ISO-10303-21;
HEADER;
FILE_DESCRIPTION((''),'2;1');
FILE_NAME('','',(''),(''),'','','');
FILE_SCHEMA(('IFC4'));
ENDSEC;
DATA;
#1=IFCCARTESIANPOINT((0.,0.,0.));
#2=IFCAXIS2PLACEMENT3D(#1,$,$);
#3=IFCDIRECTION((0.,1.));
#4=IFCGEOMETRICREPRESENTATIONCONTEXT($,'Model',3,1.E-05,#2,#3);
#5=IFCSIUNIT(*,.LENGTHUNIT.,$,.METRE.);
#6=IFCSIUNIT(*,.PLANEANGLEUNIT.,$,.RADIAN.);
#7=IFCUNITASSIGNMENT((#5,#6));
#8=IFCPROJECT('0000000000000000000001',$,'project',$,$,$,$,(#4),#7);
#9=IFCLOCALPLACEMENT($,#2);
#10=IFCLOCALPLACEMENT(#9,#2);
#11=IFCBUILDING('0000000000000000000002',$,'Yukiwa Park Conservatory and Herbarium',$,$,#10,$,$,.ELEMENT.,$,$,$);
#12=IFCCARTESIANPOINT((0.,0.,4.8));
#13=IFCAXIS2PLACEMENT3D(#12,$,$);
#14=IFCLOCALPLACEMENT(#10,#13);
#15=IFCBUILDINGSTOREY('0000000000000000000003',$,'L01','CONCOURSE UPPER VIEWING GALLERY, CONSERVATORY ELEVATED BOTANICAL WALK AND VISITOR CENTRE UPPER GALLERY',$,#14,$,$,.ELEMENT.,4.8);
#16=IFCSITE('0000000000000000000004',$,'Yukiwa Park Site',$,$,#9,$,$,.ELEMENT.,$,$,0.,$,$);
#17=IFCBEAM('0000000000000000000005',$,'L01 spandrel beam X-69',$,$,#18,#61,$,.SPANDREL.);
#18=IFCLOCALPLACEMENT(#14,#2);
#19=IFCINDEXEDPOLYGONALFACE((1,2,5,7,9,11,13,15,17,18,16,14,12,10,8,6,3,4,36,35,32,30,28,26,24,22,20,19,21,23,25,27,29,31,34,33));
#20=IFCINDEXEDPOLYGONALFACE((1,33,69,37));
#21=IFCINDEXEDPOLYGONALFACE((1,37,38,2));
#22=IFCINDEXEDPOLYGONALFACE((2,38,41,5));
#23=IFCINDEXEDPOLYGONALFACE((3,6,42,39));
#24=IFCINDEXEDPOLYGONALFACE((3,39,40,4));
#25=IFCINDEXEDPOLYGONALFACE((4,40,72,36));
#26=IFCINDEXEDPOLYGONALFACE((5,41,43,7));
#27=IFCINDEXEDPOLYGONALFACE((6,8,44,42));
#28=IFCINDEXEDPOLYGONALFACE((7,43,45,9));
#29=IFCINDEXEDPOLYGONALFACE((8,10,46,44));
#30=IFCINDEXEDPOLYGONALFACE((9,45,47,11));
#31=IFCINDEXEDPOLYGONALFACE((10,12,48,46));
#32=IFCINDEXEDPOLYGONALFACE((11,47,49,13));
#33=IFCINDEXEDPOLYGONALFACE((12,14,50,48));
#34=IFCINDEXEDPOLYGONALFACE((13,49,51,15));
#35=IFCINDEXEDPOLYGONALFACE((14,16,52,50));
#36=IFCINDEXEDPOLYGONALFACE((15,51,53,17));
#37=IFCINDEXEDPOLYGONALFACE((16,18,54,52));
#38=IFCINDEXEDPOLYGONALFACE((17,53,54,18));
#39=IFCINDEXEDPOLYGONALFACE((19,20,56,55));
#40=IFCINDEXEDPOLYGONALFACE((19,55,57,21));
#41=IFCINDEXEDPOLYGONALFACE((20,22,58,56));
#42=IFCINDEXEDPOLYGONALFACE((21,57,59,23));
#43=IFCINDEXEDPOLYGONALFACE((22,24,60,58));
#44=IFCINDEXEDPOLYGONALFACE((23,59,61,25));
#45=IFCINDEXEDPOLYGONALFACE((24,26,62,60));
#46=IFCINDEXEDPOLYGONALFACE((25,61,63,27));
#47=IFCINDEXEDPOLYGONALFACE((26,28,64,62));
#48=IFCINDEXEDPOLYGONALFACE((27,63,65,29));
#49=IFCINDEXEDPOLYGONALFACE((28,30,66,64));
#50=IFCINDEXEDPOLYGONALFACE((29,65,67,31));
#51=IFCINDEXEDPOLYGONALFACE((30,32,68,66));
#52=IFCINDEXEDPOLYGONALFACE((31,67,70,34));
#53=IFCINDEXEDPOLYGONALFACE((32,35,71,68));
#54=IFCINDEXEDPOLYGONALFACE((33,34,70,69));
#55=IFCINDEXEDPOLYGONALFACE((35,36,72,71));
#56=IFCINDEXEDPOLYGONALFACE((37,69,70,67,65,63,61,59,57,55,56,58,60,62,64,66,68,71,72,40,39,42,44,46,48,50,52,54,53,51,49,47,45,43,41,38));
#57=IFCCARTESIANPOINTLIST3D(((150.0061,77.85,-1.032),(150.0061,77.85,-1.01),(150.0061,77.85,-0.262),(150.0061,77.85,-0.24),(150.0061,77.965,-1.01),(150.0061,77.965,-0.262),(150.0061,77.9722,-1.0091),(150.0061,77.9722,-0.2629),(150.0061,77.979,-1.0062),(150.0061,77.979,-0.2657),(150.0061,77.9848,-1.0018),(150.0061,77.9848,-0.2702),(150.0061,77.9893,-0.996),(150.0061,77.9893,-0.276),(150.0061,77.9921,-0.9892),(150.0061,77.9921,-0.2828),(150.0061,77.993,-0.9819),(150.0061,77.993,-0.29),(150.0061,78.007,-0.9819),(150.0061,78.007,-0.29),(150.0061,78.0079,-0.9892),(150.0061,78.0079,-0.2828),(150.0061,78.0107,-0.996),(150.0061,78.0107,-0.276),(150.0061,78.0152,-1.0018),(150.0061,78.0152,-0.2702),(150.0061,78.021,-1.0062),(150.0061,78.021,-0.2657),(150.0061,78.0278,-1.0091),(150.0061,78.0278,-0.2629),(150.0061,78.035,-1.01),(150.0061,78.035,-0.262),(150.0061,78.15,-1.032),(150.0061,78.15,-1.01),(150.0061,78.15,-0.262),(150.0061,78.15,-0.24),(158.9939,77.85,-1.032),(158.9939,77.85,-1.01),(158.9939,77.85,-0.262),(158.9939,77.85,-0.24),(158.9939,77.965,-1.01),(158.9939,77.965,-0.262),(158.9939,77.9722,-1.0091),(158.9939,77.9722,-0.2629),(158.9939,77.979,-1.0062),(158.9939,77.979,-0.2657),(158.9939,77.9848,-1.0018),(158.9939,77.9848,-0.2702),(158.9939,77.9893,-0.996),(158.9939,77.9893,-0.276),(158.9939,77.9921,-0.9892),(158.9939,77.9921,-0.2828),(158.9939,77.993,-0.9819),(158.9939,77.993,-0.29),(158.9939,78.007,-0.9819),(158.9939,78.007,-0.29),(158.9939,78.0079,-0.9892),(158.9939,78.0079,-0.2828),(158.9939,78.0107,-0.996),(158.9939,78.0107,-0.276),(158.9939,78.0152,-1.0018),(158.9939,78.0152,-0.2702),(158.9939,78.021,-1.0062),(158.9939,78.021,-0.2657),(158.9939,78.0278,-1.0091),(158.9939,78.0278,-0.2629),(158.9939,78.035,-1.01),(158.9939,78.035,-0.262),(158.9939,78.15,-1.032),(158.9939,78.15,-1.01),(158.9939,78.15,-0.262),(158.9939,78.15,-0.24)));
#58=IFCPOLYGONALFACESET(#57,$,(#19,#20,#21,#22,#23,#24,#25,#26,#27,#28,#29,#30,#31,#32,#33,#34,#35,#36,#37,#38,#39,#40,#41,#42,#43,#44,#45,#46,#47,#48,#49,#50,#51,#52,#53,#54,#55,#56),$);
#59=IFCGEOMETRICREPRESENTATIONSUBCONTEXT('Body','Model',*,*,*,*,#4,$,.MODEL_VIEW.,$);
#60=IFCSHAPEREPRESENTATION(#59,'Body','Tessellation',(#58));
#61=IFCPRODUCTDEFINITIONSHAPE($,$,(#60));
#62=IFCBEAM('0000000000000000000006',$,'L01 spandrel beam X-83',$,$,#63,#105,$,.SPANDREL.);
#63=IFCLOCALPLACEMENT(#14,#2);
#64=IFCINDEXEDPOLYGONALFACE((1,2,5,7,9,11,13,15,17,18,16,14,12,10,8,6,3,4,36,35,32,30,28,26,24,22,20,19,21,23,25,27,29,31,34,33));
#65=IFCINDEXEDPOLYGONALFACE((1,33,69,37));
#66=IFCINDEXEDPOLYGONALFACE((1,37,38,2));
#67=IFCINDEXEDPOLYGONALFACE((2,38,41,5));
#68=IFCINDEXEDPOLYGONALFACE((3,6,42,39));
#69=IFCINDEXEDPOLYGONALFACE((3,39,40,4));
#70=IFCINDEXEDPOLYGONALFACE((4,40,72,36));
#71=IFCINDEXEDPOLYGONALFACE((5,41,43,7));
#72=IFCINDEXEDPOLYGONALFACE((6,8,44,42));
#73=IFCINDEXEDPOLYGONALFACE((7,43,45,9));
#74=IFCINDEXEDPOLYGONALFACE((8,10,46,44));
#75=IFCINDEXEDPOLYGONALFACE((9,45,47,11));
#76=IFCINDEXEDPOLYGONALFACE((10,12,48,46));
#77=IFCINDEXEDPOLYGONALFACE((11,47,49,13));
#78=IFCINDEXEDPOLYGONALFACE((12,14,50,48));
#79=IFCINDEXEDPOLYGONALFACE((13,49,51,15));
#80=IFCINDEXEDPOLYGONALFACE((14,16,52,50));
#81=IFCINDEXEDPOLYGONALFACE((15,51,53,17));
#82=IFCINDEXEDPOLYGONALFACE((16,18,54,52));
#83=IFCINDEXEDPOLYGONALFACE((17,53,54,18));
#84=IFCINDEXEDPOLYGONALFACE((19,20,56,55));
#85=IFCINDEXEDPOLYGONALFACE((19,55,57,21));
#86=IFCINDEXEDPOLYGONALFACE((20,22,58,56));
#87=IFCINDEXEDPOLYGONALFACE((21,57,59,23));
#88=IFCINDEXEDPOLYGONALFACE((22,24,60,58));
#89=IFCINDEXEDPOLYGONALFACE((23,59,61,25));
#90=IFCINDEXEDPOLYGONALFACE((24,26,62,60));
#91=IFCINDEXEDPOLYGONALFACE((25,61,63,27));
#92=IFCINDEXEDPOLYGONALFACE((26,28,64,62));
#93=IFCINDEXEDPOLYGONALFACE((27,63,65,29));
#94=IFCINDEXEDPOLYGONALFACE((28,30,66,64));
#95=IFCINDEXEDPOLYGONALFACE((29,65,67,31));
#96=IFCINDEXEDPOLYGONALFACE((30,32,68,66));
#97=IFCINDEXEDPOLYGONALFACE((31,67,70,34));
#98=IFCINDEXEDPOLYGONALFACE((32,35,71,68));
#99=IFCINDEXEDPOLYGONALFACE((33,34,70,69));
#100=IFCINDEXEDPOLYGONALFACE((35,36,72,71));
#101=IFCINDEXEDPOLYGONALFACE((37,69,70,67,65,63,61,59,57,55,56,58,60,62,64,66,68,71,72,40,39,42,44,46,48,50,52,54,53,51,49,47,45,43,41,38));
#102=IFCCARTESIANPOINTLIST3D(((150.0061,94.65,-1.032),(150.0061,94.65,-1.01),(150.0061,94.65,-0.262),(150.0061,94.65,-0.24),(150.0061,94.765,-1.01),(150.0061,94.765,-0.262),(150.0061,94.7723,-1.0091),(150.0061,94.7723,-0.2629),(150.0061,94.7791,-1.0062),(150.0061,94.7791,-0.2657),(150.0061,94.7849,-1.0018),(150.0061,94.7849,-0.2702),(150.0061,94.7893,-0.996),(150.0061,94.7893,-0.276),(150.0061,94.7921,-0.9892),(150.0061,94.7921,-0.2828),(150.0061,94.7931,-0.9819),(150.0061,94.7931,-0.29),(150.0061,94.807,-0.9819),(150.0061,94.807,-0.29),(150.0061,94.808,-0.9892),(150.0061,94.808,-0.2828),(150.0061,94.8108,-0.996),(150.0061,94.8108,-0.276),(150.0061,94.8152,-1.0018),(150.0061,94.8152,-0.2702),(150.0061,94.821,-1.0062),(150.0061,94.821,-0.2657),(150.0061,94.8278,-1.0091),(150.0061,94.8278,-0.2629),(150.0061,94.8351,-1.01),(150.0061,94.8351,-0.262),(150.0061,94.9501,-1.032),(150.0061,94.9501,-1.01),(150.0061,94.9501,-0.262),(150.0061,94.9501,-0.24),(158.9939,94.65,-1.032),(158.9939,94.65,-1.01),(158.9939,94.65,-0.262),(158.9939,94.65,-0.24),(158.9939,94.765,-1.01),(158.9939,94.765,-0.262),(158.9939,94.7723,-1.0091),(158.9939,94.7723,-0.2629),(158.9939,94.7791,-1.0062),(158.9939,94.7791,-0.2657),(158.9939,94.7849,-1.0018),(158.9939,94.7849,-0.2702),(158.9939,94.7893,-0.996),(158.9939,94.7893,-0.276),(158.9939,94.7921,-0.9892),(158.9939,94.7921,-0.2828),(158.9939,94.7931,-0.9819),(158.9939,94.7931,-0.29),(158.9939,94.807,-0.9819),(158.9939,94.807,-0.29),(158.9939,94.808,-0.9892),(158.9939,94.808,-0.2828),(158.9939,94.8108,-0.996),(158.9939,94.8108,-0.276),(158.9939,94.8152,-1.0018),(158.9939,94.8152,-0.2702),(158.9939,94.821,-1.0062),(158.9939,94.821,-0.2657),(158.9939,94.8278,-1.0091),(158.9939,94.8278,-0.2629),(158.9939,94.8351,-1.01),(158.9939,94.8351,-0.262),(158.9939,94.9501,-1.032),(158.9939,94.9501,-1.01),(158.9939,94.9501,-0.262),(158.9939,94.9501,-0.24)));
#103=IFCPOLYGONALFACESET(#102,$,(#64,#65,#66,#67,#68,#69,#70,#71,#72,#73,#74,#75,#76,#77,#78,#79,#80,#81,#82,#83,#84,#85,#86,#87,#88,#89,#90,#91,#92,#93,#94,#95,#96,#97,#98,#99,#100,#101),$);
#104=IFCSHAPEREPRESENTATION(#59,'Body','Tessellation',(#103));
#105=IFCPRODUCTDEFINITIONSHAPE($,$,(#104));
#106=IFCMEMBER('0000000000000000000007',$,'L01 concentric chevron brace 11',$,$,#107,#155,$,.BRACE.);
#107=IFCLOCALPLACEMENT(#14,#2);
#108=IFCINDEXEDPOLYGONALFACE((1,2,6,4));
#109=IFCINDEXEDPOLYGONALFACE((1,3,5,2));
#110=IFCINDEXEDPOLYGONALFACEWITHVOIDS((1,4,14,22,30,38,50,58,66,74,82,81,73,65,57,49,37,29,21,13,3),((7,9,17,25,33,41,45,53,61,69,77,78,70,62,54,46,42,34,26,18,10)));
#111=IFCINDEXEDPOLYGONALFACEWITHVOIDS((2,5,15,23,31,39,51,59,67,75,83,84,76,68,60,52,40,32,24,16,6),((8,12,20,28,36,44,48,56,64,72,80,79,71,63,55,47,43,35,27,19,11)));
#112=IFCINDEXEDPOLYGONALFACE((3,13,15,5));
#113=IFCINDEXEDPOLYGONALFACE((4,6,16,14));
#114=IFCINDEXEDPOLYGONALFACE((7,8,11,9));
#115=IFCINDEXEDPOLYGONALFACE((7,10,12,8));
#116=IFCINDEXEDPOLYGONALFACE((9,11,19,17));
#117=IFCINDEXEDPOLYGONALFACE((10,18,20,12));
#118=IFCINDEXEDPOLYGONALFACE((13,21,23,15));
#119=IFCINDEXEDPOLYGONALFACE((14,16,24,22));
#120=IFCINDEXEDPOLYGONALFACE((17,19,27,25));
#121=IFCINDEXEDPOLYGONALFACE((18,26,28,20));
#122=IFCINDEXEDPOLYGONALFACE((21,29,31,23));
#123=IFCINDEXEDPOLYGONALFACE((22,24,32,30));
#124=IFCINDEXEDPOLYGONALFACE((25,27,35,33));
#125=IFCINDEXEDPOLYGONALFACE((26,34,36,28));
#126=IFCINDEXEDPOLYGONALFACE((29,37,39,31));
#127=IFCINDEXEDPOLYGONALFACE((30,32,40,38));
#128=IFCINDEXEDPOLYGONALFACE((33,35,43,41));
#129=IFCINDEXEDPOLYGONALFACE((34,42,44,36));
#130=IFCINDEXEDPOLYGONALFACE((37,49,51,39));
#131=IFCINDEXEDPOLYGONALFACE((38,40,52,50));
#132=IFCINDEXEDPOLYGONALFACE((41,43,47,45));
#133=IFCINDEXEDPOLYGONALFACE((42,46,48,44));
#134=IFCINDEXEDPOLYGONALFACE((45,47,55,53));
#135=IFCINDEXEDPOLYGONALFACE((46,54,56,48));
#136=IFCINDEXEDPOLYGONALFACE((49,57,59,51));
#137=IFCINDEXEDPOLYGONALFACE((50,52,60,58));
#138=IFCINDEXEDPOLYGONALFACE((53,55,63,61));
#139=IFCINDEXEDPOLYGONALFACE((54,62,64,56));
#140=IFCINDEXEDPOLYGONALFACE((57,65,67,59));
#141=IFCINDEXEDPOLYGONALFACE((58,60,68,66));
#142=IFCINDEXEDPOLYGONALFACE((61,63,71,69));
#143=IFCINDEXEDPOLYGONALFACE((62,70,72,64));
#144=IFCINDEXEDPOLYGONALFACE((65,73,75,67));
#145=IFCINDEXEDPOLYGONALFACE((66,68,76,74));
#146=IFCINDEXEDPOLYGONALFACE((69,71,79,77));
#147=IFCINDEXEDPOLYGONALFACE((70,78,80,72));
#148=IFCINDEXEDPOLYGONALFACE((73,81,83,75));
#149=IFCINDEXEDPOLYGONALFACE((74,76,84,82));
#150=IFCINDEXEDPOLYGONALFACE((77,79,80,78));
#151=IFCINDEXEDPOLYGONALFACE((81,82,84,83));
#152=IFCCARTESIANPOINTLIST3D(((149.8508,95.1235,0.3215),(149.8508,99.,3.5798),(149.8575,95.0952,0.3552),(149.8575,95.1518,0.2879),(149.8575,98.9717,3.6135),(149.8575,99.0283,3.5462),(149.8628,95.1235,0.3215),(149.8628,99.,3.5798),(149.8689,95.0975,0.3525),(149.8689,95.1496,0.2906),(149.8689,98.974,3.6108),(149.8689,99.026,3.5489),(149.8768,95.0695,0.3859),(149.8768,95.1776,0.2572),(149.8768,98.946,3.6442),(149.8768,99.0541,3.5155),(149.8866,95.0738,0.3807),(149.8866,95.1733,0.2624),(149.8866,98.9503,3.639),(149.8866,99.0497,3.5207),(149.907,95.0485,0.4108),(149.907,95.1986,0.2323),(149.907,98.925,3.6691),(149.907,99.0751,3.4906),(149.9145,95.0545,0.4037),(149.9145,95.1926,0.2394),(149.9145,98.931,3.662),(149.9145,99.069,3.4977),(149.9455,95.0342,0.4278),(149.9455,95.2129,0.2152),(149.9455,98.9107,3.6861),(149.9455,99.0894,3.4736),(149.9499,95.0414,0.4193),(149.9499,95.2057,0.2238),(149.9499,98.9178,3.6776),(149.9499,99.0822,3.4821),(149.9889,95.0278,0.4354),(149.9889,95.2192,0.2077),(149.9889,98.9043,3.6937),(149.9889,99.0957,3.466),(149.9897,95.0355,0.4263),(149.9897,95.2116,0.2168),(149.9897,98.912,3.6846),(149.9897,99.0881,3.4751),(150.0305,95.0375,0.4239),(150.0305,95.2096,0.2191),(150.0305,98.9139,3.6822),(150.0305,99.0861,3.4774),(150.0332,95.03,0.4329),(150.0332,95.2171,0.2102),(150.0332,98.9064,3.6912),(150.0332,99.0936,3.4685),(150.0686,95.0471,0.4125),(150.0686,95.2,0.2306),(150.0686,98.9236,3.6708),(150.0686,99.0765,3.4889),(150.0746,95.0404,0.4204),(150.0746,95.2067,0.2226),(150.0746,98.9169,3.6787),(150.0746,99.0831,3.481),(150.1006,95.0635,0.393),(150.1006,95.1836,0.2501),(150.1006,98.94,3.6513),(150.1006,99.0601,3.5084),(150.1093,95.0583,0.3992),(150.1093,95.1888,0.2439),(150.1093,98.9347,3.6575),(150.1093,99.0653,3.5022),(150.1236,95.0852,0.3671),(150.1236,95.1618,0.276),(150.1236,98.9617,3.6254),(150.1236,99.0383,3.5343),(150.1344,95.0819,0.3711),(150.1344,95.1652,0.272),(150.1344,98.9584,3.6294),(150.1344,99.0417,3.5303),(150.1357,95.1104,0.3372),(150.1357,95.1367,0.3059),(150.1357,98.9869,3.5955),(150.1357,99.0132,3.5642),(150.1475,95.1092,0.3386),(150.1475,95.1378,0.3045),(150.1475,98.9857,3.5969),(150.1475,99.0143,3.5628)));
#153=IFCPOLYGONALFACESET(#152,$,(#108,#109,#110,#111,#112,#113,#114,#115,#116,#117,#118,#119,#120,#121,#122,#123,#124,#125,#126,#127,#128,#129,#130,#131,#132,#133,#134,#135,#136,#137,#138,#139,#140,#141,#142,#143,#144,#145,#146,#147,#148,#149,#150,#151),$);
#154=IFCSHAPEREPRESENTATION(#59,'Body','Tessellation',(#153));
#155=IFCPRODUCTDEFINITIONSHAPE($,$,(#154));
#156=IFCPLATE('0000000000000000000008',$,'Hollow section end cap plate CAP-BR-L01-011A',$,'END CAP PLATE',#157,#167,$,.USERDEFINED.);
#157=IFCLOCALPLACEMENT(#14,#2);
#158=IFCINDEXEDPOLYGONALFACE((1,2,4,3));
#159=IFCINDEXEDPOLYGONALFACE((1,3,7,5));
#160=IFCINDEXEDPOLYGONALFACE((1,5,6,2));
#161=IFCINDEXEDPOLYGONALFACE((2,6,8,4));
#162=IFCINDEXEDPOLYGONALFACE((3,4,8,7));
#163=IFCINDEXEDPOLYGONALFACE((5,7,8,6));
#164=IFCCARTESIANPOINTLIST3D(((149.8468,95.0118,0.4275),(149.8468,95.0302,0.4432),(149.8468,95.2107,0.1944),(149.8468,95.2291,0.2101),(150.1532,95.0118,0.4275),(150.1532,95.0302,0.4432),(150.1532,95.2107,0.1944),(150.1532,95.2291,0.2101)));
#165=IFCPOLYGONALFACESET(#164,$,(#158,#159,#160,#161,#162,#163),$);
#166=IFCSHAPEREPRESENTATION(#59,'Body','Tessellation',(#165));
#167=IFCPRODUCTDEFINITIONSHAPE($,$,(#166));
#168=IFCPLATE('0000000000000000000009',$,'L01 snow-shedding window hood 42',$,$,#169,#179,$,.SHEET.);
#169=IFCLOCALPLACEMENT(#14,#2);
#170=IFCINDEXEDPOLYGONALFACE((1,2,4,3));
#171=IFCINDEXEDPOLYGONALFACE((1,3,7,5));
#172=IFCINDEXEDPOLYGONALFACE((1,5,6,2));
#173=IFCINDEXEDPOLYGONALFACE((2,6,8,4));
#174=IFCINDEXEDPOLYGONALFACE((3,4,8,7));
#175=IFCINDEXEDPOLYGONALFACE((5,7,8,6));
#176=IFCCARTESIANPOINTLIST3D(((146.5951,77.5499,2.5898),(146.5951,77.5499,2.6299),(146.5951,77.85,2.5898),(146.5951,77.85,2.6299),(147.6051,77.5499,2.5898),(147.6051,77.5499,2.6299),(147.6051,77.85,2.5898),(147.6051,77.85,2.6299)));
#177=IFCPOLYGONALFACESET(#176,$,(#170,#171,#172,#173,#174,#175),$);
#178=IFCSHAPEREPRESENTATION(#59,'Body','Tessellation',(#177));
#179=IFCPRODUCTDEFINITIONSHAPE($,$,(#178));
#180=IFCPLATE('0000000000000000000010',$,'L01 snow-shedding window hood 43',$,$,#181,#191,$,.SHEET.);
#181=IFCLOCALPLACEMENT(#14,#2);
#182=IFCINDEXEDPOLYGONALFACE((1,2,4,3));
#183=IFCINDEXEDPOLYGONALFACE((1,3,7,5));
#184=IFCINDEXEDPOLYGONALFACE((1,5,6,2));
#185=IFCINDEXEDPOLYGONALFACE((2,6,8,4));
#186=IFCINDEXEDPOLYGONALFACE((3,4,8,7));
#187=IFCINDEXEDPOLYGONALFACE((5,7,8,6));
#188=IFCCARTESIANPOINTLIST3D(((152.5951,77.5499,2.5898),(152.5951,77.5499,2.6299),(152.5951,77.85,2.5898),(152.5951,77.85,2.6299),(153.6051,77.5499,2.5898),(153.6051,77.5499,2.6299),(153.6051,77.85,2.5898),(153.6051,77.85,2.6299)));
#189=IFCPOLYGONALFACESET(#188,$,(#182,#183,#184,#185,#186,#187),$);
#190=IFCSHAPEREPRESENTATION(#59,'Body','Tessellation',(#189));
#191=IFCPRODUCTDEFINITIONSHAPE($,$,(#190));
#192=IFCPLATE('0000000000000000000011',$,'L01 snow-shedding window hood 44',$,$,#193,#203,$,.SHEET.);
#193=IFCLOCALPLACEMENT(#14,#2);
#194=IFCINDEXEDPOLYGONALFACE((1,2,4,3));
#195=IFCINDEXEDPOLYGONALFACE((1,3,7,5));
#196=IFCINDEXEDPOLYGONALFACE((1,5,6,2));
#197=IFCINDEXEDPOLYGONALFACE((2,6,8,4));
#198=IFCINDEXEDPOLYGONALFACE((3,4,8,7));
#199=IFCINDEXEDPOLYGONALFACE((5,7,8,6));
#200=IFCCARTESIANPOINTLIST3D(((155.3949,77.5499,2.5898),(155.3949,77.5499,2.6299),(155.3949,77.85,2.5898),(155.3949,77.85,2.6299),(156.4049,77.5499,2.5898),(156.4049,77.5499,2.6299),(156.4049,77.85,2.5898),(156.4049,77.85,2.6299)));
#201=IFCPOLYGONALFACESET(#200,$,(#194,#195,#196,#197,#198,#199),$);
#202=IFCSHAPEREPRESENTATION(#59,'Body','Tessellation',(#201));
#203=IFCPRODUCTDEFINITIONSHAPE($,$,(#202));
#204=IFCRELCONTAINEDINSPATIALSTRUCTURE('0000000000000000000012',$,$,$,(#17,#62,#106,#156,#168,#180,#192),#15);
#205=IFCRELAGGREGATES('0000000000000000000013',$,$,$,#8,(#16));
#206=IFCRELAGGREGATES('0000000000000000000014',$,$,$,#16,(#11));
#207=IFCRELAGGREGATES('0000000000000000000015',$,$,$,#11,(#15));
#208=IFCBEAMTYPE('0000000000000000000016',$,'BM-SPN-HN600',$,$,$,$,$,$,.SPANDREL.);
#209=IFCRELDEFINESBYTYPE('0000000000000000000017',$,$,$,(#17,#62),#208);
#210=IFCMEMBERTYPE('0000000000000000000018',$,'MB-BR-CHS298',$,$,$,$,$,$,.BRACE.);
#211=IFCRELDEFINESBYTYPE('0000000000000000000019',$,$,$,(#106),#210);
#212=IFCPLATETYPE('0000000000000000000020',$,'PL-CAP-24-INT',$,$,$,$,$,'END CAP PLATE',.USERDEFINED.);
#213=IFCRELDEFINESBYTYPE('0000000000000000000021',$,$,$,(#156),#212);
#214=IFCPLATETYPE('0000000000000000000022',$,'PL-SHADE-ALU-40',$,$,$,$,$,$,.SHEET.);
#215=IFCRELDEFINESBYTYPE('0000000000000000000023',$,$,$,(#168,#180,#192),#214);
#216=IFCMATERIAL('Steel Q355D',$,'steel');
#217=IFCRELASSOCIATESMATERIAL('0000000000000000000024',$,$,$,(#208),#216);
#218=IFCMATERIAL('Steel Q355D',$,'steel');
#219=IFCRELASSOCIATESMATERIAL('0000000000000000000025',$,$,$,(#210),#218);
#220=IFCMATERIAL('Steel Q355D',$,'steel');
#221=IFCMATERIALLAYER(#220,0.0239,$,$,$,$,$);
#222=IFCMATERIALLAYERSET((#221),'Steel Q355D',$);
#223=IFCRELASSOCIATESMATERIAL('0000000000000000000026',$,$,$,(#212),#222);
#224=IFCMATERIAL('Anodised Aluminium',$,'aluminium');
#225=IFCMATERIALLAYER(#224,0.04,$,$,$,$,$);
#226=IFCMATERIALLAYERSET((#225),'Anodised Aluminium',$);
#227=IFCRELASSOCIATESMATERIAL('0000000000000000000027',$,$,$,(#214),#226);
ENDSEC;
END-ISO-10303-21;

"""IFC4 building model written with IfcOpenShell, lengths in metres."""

from ifc_helpers import new_model, si_unit, direction, frame, origin, origin_2d, place, context, subcontext, project, spatial, rectangle, hollow_circle, i_section, extrude, material, layer, layer_set, material_profile, profile_set, type_object, element, save


model = new_model("IFC4")

# Units and contexts
model_context = context("Model", 3, precision=1e-05, world=origin(), true_north=direction((0.0, 1.0)))
body_context = subcontext(model_context, "Body", "Model", "MODEL_VIEW")
ifc_project = project(units=[si_unit("LENGTHUNIT", "METRE"), si_unit("PLANEANGLEUNIT", "RADIAN")], contexts=[model_context])

# Site, building, storey
site_placement = place(None, origin())
site = spatial("IfcSite", under=ifc_project, at=site_placement, Name="Yukiwa Park Site", CompositionType="ELEMENT", RefElevation=0.0)
building_placement = place(site_placement, origin())
building = spatial("IfcBuilding", under=site, at=building_placement, Name="Yukiwa Park Conservatory and Herbarium", CompositionType="ELEMENT")
storey_placement = place(building_placement, frame((0.0, 0.0, 4.8)))
storey = spatial("IfcBuildingStorey", under=building, at=storey_placement, Name="L01", Description="CONCOURSE UPPER VIEWING GALLERY, CONSERVATORY ELEVATED BOTANICAL WALK AND VISITOR CENTRE UPPER GALLERY", CompositionType="ELEMENT", Elevation=4.8)

# Beams
ifc_material_1 = material(Name="Steel Q355D", Category="steel")
ifc_material_profile_1 = material_profile(ifc_material_1, i_section(OverallWidth=0.3, OverallDepth=0.792, WebThickness=0.0139, FlangeThickness=0.022, FilletRadius=0.0281, at=origin_2d()), Name="HN 792x300x14x22")
ifc_profile_set_1 = profile_set([ifc_material_profile_1], Name="Steel Q355D")
beam_type_1 = type_object("IfcBeamType", Name="BM-SPN-HN600", PredefinedType="SPANDREL", material=ifc_profile_set_1)
for number, where, z_axis, x_axis, name in (
    (1, (150.0061, 78.0, -0.636), (1.0, 0.0, 0.0), (0.0, 1.0, 0.0), "L01 spandrel beam X-69"),
    (2, (150.0061, 94.8, -0.636), (1.0, 0.0, 0.0), (0.0, 1.0, 0.0), "L01 spandrel beam X-83"),
):
    element("IfcBeam", number, at=place(storey_placement, frame(where, z_axis=z_axis, x_axis=x_axis)), inside=storey, type_object=beam_type_1, Name=name, PredefinedType="SPANDREL", context=body_context, shape_type="SweptSolid", body=[
        extrude(i_section(OverallWidth=0.3, OverallDepth=0.792, WebThickness=0.0139, FlangeThickness=0.022, FilletRadius=0.0281, at=origin_2d()), origin(), (0.0, 0.0, 1.0), 8.9878),
    ])

# Member
ifc_material_2 = material(Name="Steel Q355D", Category="steel")
ifc_material_profile_2 = material_profile(ifc_material_2, hollow_circle(Radius=0.1492, WallThickness=0.012, at=origin_2d()), Name="CHS 298.5x12")
ifc_profile_set_2 = profile_set([ifc_material_profile_2], Name="Steel Q355D")
member_type = type_object("IfcMemberType", Name="MB-BR-CHS298", PredefinedType="BRACE", material=ifc_profile_set_2)
member_placement = place(storey_placement, frame((150.0, 95.1235, 0.3215), z_axis=(0.0, 0.765503, 0.643432), x_axis=(-1.0, 0.0, 0.0)))
element("IfcMember", 3, at=member_placement, inside=storey, type_object=member_type, Name="L01 concentric chevron brace 11", PredefinedType="BRACE", context=body_context, shape_type="SweptSolid", body=[
    extrude(hollow_circle(Radius=0.1492, WallThickness=0.012, at=origin_2d()), origin(), (0.0, 0.0, 1.0), 5.064),
])

# Plates
ifc_material_3 = material(Name="Steel Q355D", Category="steel")
ifc_layer_1 = layer(ifc_material_3, 0.0239)
ifc_layer_set_1 = layer_set([ifc_layer_1], Name="Steel Q355D")
plate_type_1 = type_object("IfcPlateType", Name="PL-CAP-24-INT", ElementType="END CAP PLATE", PredefinedType="USERDEFINED", material=ifc_layer_set_1)
plate_placement = place(storey_placement, frame((150.0, 95.1296, 0.3267), z_axis=(0.0, -0.760687, -0.649119), x_axis=(1.0, 0.0, 0.0)))
element("IfcPlate", 4, at=plate_placement, inside=storey, type_object=plate_type_1, Name="Hollow section end cap plate CAP-BR-L01-011A", ObjectType="END CAP PLATE", PredefinedType="USERDEFINED", context=body_context, shape_type="SweptSolid", body=[
    extrude(rectangle(XDim=0.3064, YDim=0.3064, at=origin_2d()), origin(), (0.0, 0.0, 1.0), 0.0242),
])
ifc_material_4 = material(Name="Anodised Aluminium", Category="aluminium")
ifc_layer_2 = layer(ifc_material_4, 0.04)
ifc_layer_set_2 = layer_set([ifc_layer_2], Name="Anodised Aluminium")
plate_type_2 = type_object("IfcPlateType", Name="PL-SHADE-ALU-40", PredefinedType="SHEET", material=ifc_layer_set_2)
for number, where, z_axis, x_axis, name in (
    (5, (147.1001, 77.7, 2.5898), (0.0, 0.0, 1.0), (1.0, 0.0, 0.0), "L01 snow-shedding window hood 42"),
    (6, (153.1001, 77.7, 2.5898), (0.0, 0.0, 1.0), (1.0, 0.0, 0.0), "L01 snow-shedding window hood 43"),
    (7, (155.8999, 77.7, 2.5898), (0.0, 0.0, 1.0), (1.0, 0.0, 0.0), "L01 snow-shedding window hood 44"),
):
    element("IfcPlate", number, at=place(storey_placement, frame(where, z_axis=z_axis, x_axis=x_axis)), inside=storey, type_object=plate_type_2, Name=name, PredefinedType="SHEET", context=body_context, shape_type="SweptSolid", body=[
        extrude(rectangle(XDim=1.01, YDim=0.3, at=origin_2d()), origin(), (0.0, 0.0, 1.0), 0.04),
    ])

save(model, "model.ifc")
